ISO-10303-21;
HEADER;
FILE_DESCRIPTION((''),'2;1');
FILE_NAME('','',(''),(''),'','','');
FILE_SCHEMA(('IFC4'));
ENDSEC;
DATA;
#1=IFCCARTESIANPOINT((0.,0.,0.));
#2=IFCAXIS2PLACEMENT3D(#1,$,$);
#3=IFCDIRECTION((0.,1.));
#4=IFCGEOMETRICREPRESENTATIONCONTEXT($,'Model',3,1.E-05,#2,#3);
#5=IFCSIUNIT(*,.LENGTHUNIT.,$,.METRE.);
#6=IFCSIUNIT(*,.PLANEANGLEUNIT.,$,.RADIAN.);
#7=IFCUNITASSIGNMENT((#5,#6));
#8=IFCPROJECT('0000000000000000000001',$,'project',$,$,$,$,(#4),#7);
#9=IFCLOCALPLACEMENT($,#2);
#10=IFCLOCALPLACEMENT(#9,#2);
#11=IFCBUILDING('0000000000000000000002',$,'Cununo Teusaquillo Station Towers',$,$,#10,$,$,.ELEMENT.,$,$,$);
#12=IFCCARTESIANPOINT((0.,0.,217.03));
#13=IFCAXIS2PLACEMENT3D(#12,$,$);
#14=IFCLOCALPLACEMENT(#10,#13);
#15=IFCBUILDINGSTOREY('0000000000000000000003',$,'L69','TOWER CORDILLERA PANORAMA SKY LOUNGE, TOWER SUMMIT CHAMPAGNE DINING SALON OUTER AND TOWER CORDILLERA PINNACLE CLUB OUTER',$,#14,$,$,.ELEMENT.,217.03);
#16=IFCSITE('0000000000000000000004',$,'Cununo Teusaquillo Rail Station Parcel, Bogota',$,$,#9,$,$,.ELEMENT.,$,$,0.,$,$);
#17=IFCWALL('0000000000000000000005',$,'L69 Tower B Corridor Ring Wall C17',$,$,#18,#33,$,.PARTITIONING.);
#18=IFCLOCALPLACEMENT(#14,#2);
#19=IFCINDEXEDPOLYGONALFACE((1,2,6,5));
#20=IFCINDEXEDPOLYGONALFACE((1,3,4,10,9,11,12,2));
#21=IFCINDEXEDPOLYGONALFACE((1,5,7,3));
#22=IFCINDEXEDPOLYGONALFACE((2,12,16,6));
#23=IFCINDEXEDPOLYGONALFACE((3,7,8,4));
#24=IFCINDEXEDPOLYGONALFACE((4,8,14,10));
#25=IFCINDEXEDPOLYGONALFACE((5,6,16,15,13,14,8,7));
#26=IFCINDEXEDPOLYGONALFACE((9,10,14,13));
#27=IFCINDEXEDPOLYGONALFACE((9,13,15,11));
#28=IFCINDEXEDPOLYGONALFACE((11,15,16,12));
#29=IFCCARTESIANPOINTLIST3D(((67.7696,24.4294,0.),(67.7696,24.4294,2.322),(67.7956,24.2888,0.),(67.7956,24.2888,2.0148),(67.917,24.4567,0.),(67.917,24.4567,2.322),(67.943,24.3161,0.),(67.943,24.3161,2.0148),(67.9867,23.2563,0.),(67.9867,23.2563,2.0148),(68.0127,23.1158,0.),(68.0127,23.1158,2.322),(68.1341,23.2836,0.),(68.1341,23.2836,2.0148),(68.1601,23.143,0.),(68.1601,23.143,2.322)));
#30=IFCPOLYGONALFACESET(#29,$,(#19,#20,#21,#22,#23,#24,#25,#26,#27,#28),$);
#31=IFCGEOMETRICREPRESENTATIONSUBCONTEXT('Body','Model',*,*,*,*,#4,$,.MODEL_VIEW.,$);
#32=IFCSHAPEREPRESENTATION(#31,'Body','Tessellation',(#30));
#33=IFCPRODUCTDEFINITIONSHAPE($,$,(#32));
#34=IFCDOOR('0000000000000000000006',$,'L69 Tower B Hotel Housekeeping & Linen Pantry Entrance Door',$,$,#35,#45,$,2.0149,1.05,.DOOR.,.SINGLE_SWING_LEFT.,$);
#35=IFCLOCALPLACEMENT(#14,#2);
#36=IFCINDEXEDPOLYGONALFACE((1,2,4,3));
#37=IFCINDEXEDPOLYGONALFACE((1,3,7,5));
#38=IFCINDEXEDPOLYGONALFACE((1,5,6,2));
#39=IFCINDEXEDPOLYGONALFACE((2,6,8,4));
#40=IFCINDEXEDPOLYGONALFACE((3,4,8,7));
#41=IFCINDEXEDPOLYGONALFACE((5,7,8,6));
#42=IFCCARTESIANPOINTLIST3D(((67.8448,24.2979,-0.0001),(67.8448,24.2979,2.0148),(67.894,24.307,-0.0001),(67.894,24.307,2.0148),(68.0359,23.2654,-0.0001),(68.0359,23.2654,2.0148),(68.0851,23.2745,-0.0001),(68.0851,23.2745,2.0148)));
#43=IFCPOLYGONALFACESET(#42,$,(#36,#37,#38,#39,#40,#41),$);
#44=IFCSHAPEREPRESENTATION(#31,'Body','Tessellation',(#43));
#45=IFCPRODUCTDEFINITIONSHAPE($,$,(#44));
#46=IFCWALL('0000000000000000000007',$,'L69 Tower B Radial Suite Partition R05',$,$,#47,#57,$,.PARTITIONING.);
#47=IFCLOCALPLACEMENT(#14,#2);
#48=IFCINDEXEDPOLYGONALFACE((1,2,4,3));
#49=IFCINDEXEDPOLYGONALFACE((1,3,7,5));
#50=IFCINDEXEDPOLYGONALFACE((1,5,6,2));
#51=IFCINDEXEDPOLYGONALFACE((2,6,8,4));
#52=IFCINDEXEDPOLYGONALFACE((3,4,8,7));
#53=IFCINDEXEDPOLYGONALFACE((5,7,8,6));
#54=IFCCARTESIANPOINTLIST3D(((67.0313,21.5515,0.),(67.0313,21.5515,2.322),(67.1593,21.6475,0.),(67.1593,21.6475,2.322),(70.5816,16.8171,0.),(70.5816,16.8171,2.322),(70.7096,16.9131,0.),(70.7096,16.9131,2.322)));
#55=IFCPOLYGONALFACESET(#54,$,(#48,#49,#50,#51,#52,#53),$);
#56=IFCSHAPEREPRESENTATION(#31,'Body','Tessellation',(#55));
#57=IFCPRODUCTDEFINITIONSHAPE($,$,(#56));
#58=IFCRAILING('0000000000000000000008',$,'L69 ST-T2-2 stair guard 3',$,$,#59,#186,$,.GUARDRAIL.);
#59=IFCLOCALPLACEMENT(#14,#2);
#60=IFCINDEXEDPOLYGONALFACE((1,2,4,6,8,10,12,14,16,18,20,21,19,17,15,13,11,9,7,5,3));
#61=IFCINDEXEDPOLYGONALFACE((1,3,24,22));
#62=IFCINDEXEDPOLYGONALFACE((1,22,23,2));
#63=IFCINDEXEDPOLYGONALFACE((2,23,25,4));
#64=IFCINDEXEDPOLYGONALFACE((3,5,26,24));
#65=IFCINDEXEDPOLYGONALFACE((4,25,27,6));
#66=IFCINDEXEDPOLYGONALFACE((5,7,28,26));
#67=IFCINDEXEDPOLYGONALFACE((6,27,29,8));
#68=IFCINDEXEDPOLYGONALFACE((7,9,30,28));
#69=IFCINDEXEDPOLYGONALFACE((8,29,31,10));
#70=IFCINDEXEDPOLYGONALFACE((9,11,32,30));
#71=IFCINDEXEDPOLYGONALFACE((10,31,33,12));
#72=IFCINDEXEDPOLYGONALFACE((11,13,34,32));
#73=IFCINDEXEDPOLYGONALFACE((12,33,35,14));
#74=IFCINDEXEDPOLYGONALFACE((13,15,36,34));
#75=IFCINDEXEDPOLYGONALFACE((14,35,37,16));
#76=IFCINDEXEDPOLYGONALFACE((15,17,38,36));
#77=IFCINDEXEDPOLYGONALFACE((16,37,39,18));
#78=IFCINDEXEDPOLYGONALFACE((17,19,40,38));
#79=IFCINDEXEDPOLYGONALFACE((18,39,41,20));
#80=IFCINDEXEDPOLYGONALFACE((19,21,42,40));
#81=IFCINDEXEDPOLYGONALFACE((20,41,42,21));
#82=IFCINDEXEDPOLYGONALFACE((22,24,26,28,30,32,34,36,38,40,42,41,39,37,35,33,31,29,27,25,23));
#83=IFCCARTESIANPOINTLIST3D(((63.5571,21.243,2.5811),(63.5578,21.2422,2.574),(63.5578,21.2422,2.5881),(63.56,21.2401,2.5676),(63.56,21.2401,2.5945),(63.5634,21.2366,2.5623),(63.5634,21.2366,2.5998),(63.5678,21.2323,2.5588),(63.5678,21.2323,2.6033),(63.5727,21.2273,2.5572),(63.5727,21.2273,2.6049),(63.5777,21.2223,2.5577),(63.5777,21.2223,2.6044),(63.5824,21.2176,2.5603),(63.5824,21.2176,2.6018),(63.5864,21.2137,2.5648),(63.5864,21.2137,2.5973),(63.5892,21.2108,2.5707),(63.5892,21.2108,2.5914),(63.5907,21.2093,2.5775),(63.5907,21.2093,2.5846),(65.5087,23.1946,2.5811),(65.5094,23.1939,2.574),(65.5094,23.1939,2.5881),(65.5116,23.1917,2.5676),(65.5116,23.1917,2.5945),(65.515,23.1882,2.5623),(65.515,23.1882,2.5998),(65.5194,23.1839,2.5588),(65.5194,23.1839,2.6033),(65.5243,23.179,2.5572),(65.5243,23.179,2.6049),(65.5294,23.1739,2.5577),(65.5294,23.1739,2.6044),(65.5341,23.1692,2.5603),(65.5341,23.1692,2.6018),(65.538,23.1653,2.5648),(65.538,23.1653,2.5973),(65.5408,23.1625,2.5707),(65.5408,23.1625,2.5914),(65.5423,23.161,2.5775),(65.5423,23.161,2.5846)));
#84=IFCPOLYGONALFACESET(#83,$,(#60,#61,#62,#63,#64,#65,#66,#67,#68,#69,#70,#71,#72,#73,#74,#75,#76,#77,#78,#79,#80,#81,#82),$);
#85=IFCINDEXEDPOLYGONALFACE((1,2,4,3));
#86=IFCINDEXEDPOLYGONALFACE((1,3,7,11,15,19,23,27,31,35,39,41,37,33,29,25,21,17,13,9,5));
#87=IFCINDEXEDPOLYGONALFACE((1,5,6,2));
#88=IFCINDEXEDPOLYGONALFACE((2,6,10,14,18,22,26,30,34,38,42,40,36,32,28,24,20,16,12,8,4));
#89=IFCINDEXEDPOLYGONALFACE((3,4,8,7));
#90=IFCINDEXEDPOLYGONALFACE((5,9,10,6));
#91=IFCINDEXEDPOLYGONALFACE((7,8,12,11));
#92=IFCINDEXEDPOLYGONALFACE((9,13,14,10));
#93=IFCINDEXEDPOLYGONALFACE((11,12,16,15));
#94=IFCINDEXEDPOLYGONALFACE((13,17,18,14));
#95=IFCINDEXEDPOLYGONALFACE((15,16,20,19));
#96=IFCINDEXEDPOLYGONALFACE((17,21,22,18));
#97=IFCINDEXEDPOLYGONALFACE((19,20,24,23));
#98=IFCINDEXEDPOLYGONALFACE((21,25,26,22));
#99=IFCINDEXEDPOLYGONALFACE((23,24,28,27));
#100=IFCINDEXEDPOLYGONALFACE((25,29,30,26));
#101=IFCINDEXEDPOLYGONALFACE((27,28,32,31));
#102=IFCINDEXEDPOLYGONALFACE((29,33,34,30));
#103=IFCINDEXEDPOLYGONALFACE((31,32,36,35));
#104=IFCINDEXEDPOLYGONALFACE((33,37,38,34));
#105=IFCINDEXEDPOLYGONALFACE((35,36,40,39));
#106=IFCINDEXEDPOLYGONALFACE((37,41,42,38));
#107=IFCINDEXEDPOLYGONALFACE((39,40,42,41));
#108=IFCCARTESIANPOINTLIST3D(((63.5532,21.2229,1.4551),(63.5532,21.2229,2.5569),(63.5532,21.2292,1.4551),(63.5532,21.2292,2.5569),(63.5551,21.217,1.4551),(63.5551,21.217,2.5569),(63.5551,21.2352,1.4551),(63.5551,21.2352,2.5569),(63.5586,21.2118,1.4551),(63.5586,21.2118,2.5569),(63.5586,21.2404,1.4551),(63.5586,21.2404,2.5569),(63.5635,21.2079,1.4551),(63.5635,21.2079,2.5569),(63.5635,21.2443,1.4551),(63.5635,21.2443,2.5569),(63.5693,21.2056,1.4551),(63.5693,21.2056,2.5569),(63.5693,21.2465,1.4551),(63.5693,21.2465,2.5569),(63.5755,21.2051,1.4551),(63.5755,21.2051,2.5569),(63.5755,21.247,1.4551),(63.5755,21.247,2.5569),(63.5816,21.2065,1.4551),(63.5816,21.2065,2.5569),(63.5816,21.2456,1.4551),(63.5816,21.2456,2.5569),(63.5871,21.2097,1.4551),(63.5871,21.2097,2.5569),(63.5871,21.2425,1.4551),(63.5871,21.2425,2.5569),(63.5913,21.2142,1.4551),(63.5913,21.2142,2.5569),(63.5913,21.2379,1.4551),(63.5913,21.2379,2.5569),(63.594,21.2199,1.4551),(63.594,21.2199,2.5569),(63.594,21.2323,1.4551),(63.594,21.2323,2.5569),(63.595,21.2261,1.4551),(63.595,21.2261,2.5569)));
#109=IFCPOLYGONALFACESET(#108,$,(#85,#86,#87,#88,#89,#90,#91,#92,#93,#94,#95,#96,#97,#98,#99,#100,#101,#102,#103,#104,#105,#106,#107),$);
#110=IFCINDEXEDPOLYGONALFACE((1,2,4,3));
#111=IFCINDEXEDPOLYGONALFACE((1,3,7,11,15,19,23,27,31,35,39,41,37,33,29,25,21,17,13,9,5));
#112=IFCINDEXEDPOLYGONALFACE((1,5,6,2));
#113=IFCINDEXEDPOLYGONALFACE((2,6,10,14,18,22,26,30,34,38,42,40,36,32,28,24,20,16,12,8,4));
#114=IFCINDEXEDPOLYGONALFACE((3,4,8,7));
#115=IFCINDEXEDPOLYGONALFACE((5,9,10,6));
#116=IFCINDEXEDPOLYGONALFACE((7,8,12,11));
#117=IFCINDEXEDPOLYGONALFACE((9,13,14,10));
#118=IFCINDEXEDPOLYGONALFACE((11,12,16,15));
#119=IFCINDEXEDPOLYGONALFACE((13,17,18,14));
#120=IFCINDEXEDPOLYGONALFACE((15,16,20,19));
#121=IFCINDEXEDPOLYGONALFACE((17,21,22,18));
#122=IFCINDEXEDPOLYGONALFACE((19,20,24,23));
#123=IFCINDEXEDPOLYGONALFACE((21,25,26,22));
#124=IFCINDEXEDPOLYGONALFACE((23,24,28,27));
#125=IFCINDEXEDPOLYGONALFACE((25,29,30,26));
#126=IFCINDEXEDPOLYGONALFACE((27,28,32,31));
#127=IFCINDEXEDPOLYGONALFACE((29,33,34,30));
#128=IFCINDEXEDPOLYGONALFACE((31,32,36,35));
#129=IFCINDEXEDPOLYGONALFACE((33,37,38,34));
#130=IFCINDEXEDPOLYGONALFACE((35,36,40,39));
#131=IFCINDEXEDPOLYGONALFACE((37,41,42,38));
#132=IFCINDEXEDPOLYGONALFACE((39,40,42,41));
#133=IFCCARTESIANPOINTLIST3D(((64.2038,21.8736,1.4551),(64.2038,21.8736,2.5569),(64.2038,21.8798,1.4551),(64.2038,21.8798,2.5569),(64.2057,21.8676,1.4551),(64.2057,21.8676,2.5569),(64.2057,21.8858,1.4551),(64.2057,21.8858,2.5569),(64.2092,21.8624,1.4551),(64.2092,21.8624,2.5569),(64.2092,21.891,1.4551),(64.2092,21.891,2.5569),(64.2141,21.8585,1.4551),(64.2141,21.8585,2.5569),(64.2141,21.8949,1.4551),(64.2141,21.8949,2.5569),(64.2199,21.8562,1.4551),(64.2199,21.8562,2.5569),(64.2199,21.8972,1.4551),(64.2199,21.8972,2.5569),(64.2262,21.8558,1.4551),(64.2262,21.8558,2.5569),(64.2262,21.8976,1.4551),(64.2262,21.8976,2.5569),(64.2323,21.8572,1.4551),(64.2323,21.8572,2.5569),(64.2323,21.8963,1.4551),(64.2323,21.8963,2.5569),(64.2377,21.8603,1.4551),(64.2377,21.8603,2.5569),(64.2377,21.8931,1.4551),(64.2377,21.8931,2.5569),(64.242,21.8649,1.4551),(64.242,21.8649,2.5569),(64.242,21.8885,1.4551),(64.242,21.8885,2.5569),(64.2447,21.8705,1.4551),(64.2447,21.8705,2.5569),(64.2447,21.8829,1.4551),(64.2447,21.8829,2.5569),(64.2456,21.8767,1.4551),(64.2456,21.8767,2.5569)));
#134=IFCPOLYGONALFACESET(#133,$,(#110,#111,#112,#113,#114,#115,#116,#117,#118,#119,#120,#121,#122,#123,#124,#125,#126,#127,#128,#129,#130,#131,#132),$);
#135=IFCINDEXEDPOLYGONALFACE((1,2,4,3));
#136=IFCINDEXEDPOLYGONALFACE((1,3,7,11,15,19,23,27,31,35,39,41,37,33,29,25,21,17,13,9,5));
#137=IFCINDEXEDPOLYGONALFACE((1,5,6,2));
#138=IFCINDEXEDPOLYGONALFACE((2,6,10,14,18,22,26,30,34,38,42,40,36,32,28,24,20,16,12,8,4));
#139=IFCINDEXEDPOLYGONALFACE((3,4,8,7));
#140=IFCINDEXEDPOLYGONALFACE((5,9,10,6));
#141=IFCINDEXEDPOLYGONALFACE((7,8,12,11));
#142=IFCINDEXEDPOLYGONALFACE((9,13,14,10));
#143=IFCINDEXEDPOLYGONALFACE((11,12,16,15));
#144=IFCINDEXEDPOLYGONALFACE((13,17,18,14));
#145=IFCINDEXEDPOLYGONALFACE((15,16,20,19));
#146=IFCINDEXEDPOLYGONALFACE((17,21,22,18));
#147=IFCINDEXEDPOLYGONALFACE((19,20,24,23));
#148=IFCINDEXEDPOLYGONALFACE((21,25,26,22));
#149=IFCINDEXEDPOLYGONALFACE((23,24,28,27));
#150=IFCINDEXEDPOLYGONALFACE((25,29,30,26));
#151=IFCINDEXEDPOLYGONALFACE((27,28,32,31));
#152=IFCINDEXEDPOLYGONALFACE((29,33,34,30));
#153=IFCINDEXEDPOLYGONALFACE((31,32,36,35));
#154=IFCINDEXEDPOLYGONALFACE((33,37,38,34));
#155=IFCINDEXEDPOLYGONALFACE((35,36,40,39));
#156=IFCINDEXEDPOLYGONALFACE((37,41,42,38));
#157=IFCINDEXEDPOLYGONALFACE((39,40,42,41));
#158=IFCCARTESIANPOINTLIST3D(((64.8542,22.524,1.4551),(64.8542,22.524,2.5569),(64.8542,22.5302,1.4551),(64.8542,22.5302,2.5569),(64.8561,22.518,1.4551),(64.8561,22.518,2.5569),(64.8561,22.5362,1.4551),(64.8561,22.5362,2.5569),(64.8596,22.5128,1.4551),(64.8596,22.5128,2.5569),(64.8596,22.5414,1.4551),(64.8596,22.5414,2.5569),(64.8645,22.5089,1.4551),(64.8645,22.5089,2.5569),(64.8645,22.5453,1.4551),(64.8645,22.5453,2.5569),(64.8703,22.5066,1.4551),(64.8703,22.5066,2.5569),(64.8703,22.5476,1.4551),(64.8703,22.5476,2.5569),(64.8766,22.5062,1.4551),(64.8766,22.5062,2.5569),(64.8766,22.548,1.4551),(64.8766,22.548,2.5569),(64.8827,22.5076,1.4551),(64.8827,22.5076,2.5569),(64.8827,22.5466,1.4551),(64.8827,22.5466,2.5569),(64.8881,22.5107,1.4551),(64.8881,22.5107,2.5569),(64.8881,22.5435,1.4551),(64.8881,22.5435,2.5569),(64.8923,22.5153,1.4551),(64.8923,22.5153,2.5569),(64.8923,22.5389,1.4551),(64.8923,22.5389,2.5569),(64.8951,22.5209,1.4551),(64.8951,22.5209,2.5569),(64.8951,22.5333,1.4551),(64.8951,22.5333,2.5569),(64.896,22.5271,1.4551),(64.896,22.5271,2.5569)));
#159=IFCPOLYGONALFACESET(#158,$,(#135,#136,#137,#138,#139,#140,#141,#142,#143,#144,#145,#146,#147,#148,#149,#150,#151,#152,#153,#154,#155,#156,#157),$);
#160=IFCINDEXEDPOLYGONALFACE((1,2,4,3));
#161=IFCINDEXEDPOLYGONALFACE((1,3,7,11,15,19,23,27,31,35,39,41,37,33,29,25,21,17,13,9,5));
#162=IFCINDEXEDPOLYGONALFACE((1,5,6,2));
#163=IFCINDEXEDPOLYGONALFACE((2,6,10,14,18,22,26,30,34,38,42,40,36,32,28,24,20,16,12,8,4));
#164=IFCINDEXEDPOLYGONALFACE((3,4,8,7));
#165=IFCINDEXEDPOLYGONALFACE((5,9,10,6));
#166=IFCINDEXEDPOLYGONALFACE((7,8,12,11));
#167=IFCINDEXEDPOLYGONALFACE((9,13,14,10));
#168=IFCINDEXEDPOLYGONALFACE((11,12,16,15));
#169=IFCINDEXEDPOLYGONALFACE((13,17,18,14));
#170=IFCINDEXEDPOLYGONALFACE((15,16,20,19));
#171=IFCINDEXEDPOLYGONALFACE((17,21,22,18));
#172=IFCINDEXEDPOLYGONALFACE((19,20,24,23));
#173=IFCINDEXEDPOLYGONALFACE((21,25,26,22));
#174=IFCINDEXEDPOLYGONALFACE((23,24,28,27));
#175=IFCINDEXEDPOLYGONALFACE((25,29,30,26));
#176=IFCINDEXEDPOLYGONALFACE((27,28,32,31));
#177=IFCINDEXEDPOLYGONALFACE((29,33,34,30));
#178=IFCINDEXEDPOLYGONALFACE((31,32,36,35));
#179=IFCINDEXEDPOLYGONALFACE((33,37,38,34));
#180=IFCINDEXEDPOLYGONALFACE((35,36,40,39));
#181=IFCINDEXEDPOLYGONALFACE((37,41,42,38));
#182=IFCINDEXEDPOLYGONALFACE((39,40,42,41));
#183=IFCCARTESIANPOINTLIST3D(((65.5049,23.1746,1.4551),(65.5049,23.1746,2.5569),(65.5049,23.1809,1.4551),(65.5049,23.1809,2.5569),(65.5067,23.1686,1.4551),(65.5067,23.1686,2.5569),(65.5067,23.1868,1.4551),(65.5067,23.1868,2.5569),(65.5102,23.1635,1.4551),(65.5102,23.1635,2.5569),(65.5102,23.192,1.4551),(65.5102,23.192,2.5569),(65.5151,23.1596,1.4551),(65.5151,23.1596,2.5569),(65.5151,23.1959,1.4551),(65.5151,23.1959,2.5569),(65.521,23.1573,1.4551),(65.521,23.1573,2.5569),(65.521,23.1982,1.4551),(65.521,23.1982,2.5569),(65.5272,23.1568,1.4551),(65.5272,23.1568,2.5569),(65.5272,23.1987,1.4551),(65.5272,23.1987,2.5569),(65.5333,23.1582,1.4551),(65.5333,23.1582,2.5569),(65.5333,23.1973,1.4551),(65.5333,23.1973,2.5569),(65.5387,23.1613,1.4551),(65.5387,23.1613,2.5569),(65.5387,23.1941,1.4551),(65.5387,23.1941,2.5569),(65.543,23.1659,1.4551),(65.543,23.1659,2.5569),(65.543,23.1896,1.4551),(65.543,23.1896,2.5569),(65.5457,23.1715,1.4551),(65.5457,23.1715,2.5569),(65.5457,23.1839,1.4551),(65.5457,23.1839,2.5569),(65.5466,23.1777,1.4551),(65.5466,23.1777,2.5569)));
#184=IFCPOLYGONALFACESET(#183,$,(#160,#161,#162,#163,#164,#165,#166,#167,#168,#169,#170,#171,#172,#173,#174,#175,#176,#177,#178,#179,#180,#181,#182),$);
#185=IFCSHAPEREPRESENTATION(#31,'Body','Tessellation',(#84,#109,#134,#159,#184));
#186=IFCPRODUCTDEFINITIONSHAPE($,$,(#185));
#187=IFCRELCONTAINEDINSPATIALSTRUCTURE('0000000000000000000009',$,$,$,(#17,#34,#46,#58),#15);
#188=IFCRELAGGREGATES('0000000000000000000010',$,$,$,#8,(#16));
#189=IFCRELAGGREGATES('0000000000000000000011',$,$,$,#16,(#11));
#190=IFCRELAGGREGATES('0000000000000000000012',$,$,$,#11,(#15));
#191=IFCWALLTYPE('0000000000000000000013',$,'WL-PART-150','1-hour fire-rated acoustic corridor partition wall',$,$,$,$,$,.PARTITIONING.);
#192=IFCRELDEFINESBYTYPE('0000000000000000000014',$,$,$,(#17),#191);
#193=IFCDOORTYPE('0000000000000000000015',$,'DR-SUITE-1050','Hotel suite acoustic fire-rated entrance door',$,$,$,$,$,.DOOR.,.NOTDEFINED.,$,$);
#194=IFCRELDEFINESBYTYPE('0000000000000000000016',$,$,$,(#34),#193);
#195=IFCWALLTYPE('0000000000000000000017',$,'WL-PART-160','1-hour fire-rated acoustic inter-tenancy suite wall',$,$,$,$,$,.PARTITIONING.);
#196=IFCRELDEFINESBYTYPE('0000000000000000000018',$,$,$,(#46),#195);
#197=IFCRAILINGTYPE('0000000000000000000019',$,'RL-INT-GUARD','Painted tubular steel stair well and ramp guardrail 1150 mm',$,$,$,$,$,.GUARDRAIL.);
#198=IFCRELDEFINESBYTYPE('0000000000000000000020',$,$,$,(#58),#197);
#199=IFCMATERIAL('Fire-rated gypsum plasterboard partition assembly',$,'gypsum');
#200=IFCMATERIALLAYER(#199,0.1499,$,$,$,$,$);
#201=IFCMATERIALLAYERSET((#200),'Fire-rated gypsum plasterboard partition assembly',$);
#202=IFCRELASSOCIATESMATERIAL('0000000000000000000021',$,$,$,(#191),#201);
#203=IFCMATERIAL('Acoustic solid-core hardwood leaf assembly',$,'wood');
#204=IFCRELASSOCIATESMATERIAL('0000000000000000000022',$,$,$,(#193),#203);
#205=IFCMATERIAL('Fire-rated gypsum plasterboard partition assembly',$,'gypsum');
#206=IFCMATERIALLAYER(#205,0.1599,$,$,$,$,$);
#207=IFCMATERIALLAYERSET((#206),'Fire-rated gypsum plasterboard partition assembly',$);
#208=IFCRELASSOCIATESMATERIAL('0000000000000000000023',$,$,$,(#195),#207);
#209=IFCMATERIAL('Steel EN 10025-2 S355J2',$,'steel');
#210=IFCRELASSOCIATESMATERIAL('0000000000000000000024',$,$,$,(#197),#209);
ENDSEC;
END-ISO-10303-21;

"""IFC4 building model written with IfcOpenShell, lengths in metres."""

from ifc_helpers import new_model, si_unit, direction, frame, frame_2d, origin, origin_2d, place, context, subcontext, project, spatial, rectangle, circle, extrude, source, transform, mapped, material, layer, layer_set, type_object, element, fill, save


model = new_model("IFC4")

# Units and contexts
model_context = context("Model", 3, precision=1e-05, world=origin(), true_north=direction((0.0, 1.0)))
body_context = subcontext(model_context, "Body", "Model", "MODEL_VIEW")
ifc_project = project(units=[si_unit("LENGTHUNIT", "METRE"), si_unit("PLANEANGLEUNIT", "RADIAN")], contexts=[model_context])

# Site, building, storey
site_placement = place(None, origin())
site = spatial("IfcSite", under=ifc_project, at=site_placement, Name="Cununo Teusaquillo Rail Station Parcel, Bogota", CompositionType="ELEMENT", RefElevation=0.0)
building_placement = place(site_placement, origin())
building = spatial("IfcBuilding", under=site, at=building_placement, Name="Cununo Teusaquillo Station Towers", CompositionType="ELEMENT")
storey_placement = place(building_placement, frame((0.0, 0.0, 217.03)))
storey = spatial("IfcBuildingStorey", under=building, at=storey_placement, Name="L69", Description="TOWER CORDILLERA PANORAMA SKY LOUNGE, TOWER SUMMIT CHAMPAGNE DINING SALON OUTER AND TOWER CORDILLERA PINNACLE CLUB OUTER", CompositionType="ELEMENT", Elevation=217.03)

# Shared definitions
ifc_material_1 = material(Name="Fire-rated gypsum plasterboard partition assembly", Category="gypsum")
ifc_layer_1 = layer(ifc_material_1, 0.1499)
ifc_layer_set_1 = layer_set([ifc_layer_1], Name="Fire-rated gypsum plasterboard partition assembly")
wall_type_1 = type_object("IfcWallType", Name="WL-PART-150", Description="1-hour fire-rated acoustic corridor partition wall", PredefinedType="PARTITIONING", material=ifc_layer_set_1)

# Wall, opening, door
wall_1_placement = place(storey_placement, frame((68.0864, 23.1294, 0.0), z_axis=(0.0, 0.0, 1.0), x_axis=(-0.182004, 0.983298, 0.0)))
wall_1 = element("IfcWall", 1, at=wall_1_placement, inside=storey, type_object=wall_type_1, Name="L69 Tower B Corridor Ring Wall C17", PredefinedType="PARTITIONING", context=body_context, shape_type="SweptSolid", body=[
    extrude(rectangle(XDim=1.3359, YDim=0.1499, at=frame_2d((0.668, 0.0))), origin(), (0.0, 0.0, 1.0), 2.322),
])
shared_shape_1 = source(origin(), body_context, "Body", "SweptSolid", [
    extrude(rectangle(XDim=1.05, YDim=2.0149, at=frame_2d((0.5249, 1.0073))), frame((0.0, 0.085, 0.0), z_axis=(0.0, -1.0, 0.0), x_axis=(1.0, 0.0, 0.0)), (0.0, 0.0, 1.0), 0.1699),
])
opening_1_placement = place(wall_1_placement, frame((0.1431, 0.0, 0.0)))
opening_1 = element("IfcOpeningElement", 2, at=opening_1_placement, cuts=wall_1, PredefinedType="OPENING", context=body_context, shape_type="MappedRepresentation", body=[
    mapped(shared_shape_1, transform((0.0, 0.0, 0.0), x_axis=(1.0, 0.0, 0.0), y_axis=(0.0, 1.0, 0.0), z_axis=(0.0, 0.0, 1.0), scale=1.0)),
])
ifc_material_2 = material(Name="Acoustic solid-core hardwood leaf assembly", Category="wood")
door_type_1 = type_object("IfcDoorType", Name="DR-SUITE-1050", Description="Hotel suite acoustic fire-rated entrance door", OperationType="NOTDEFINED", PredefinedType="DOOR", material=ifc_material_2)
shared_shape_2 = source(origin(), body_context, "Body", "SweptSolid", [
    extrude(rectangle(XDim=1.05, YDim=2.0149, at=frame_2d((0.5249, 1.0073))), frame((0.0, 0.0249, 0.0), z_axis=(0.0, -1.0, 0.0), x_axis=(1.0, 0.0, 0.0)), (0.0, 0.0, 1.0), 0.05),
])
door_1_placement = place(opening_1_placement, origin())
door_1 = element("IfcDoor", 3, at=door_1_placement, inside=storey, type_object=door_type_1, Name="L69 Tower B Hotel Housekeeping & Linen Pantry Entrance Door", OperationType="SINGLE_SWING_LEFT", OverallHeight=2.0149, OverallWidth=1.05, PredefinedType="DOOR", context=body_context, shape_type="MappedRepresentation", body=[
    mapped(shared_shape_2, transform((0.0, 0.0, 0.0), x_axis=(1.0, 0.0, 0.0), y_axis=(0.0, 1.0, 0.0), z_axis=(0.0, 0.0, 1.0), scale=1.0)),
])
fill(opening_1, door_1)

# Wall
ifc_material_3 = material(Name="Fire-rated gypsum plasterboard partition assembly", Category="gypsum")
ifc_layer_2 = layer(ifc_material_3, 0.1599)
ifc_layer_set_2 = layer_set([ifc_layer_2], Name="Fire-rated gypsum plasterboard partition assembly")
wall_type_2 = type_object("IfcWallType", Name="WL-PART-160", Description="1-hour fire-rated acoustic inter-tenancy suite wall", PredefinedType="PARTITIONING", material=ifc_layer_set_2)
wall_2_placement = place(storey_placement, frame((67.0952, 21.5996, 0.0), z_axis=(0.0, 0.0, 1.0), x_axis=(0.599947, -0.80004, 0.0)))
element("IfcWall", 4, at=wall_2_placement, inside=storey, type_object=wall_type_2, Name="L69 Tower B Radial Suite Partition R05", PredefinedType="PARTITIONING", context=body_context, shape_type="SweptSolid", body=[
    extrude(rectangle(XDim=5.9177, YDim=0.1599, at=frame_2d((2.959, 0.0))), origin(), (0.0, 0.0, 1.0), 2.322),
])

# Railing
ifc_material_4 = material(Name="Steel EN 10025-2 S355J2", Category="steel")
railing_type = type_object("IfcRailingType", Name="RL-INT-GUARD", Description="Painted tubular steel stair well and ramp guardrail 1150 mm", PredefinedType="GUARDRAIL", material=ifc_material_4)
railing_placement = place(storey_placement, frame((63.574, 21.2261, 1.4551)))
element("IfcRailing", 5, at=railing_placement, inside=storey, type_object=railing_type, Name="L69 ST-T2-2 stair guard 3", PredefinedType="GUARDRAIL", context=body_context, shape_type="SweptSolid", body=[
    extrude(circle(Radius=0.0239, at=origin_2d()), frame((0.0, 0.0, 1.126), z_axis=(0.707107, 0.707107, 0.0), x_axis=(-0.707107, 0.707107, 0.0)), (0.0, 0.0, 1.0), 2.76),
    extrude(circle(Radius=0.021, at=origin_2d()), origin(), (0.0, 0.0, 1.0), 1.1018),
    extrude(circle(Radius=0.021, at=origin_2d()), frame((0.6506, 0.6506, 0.0)), (0.0, 0.0, 1.0), 1.1018),
    extrude(circle(Radius=0.021, at=origin_2d()), frame((1.301, 1.301, 0.0)), (0.0, 0.0, 1.0), 1.1018),
    extrude(circle(Radius=0.021, at=origin_2d()), frame((1.9517, 1.9517, 0.0)), (0.0, 0.0, 1.0), 1.1018),
])

save(model, "model.ifc")
